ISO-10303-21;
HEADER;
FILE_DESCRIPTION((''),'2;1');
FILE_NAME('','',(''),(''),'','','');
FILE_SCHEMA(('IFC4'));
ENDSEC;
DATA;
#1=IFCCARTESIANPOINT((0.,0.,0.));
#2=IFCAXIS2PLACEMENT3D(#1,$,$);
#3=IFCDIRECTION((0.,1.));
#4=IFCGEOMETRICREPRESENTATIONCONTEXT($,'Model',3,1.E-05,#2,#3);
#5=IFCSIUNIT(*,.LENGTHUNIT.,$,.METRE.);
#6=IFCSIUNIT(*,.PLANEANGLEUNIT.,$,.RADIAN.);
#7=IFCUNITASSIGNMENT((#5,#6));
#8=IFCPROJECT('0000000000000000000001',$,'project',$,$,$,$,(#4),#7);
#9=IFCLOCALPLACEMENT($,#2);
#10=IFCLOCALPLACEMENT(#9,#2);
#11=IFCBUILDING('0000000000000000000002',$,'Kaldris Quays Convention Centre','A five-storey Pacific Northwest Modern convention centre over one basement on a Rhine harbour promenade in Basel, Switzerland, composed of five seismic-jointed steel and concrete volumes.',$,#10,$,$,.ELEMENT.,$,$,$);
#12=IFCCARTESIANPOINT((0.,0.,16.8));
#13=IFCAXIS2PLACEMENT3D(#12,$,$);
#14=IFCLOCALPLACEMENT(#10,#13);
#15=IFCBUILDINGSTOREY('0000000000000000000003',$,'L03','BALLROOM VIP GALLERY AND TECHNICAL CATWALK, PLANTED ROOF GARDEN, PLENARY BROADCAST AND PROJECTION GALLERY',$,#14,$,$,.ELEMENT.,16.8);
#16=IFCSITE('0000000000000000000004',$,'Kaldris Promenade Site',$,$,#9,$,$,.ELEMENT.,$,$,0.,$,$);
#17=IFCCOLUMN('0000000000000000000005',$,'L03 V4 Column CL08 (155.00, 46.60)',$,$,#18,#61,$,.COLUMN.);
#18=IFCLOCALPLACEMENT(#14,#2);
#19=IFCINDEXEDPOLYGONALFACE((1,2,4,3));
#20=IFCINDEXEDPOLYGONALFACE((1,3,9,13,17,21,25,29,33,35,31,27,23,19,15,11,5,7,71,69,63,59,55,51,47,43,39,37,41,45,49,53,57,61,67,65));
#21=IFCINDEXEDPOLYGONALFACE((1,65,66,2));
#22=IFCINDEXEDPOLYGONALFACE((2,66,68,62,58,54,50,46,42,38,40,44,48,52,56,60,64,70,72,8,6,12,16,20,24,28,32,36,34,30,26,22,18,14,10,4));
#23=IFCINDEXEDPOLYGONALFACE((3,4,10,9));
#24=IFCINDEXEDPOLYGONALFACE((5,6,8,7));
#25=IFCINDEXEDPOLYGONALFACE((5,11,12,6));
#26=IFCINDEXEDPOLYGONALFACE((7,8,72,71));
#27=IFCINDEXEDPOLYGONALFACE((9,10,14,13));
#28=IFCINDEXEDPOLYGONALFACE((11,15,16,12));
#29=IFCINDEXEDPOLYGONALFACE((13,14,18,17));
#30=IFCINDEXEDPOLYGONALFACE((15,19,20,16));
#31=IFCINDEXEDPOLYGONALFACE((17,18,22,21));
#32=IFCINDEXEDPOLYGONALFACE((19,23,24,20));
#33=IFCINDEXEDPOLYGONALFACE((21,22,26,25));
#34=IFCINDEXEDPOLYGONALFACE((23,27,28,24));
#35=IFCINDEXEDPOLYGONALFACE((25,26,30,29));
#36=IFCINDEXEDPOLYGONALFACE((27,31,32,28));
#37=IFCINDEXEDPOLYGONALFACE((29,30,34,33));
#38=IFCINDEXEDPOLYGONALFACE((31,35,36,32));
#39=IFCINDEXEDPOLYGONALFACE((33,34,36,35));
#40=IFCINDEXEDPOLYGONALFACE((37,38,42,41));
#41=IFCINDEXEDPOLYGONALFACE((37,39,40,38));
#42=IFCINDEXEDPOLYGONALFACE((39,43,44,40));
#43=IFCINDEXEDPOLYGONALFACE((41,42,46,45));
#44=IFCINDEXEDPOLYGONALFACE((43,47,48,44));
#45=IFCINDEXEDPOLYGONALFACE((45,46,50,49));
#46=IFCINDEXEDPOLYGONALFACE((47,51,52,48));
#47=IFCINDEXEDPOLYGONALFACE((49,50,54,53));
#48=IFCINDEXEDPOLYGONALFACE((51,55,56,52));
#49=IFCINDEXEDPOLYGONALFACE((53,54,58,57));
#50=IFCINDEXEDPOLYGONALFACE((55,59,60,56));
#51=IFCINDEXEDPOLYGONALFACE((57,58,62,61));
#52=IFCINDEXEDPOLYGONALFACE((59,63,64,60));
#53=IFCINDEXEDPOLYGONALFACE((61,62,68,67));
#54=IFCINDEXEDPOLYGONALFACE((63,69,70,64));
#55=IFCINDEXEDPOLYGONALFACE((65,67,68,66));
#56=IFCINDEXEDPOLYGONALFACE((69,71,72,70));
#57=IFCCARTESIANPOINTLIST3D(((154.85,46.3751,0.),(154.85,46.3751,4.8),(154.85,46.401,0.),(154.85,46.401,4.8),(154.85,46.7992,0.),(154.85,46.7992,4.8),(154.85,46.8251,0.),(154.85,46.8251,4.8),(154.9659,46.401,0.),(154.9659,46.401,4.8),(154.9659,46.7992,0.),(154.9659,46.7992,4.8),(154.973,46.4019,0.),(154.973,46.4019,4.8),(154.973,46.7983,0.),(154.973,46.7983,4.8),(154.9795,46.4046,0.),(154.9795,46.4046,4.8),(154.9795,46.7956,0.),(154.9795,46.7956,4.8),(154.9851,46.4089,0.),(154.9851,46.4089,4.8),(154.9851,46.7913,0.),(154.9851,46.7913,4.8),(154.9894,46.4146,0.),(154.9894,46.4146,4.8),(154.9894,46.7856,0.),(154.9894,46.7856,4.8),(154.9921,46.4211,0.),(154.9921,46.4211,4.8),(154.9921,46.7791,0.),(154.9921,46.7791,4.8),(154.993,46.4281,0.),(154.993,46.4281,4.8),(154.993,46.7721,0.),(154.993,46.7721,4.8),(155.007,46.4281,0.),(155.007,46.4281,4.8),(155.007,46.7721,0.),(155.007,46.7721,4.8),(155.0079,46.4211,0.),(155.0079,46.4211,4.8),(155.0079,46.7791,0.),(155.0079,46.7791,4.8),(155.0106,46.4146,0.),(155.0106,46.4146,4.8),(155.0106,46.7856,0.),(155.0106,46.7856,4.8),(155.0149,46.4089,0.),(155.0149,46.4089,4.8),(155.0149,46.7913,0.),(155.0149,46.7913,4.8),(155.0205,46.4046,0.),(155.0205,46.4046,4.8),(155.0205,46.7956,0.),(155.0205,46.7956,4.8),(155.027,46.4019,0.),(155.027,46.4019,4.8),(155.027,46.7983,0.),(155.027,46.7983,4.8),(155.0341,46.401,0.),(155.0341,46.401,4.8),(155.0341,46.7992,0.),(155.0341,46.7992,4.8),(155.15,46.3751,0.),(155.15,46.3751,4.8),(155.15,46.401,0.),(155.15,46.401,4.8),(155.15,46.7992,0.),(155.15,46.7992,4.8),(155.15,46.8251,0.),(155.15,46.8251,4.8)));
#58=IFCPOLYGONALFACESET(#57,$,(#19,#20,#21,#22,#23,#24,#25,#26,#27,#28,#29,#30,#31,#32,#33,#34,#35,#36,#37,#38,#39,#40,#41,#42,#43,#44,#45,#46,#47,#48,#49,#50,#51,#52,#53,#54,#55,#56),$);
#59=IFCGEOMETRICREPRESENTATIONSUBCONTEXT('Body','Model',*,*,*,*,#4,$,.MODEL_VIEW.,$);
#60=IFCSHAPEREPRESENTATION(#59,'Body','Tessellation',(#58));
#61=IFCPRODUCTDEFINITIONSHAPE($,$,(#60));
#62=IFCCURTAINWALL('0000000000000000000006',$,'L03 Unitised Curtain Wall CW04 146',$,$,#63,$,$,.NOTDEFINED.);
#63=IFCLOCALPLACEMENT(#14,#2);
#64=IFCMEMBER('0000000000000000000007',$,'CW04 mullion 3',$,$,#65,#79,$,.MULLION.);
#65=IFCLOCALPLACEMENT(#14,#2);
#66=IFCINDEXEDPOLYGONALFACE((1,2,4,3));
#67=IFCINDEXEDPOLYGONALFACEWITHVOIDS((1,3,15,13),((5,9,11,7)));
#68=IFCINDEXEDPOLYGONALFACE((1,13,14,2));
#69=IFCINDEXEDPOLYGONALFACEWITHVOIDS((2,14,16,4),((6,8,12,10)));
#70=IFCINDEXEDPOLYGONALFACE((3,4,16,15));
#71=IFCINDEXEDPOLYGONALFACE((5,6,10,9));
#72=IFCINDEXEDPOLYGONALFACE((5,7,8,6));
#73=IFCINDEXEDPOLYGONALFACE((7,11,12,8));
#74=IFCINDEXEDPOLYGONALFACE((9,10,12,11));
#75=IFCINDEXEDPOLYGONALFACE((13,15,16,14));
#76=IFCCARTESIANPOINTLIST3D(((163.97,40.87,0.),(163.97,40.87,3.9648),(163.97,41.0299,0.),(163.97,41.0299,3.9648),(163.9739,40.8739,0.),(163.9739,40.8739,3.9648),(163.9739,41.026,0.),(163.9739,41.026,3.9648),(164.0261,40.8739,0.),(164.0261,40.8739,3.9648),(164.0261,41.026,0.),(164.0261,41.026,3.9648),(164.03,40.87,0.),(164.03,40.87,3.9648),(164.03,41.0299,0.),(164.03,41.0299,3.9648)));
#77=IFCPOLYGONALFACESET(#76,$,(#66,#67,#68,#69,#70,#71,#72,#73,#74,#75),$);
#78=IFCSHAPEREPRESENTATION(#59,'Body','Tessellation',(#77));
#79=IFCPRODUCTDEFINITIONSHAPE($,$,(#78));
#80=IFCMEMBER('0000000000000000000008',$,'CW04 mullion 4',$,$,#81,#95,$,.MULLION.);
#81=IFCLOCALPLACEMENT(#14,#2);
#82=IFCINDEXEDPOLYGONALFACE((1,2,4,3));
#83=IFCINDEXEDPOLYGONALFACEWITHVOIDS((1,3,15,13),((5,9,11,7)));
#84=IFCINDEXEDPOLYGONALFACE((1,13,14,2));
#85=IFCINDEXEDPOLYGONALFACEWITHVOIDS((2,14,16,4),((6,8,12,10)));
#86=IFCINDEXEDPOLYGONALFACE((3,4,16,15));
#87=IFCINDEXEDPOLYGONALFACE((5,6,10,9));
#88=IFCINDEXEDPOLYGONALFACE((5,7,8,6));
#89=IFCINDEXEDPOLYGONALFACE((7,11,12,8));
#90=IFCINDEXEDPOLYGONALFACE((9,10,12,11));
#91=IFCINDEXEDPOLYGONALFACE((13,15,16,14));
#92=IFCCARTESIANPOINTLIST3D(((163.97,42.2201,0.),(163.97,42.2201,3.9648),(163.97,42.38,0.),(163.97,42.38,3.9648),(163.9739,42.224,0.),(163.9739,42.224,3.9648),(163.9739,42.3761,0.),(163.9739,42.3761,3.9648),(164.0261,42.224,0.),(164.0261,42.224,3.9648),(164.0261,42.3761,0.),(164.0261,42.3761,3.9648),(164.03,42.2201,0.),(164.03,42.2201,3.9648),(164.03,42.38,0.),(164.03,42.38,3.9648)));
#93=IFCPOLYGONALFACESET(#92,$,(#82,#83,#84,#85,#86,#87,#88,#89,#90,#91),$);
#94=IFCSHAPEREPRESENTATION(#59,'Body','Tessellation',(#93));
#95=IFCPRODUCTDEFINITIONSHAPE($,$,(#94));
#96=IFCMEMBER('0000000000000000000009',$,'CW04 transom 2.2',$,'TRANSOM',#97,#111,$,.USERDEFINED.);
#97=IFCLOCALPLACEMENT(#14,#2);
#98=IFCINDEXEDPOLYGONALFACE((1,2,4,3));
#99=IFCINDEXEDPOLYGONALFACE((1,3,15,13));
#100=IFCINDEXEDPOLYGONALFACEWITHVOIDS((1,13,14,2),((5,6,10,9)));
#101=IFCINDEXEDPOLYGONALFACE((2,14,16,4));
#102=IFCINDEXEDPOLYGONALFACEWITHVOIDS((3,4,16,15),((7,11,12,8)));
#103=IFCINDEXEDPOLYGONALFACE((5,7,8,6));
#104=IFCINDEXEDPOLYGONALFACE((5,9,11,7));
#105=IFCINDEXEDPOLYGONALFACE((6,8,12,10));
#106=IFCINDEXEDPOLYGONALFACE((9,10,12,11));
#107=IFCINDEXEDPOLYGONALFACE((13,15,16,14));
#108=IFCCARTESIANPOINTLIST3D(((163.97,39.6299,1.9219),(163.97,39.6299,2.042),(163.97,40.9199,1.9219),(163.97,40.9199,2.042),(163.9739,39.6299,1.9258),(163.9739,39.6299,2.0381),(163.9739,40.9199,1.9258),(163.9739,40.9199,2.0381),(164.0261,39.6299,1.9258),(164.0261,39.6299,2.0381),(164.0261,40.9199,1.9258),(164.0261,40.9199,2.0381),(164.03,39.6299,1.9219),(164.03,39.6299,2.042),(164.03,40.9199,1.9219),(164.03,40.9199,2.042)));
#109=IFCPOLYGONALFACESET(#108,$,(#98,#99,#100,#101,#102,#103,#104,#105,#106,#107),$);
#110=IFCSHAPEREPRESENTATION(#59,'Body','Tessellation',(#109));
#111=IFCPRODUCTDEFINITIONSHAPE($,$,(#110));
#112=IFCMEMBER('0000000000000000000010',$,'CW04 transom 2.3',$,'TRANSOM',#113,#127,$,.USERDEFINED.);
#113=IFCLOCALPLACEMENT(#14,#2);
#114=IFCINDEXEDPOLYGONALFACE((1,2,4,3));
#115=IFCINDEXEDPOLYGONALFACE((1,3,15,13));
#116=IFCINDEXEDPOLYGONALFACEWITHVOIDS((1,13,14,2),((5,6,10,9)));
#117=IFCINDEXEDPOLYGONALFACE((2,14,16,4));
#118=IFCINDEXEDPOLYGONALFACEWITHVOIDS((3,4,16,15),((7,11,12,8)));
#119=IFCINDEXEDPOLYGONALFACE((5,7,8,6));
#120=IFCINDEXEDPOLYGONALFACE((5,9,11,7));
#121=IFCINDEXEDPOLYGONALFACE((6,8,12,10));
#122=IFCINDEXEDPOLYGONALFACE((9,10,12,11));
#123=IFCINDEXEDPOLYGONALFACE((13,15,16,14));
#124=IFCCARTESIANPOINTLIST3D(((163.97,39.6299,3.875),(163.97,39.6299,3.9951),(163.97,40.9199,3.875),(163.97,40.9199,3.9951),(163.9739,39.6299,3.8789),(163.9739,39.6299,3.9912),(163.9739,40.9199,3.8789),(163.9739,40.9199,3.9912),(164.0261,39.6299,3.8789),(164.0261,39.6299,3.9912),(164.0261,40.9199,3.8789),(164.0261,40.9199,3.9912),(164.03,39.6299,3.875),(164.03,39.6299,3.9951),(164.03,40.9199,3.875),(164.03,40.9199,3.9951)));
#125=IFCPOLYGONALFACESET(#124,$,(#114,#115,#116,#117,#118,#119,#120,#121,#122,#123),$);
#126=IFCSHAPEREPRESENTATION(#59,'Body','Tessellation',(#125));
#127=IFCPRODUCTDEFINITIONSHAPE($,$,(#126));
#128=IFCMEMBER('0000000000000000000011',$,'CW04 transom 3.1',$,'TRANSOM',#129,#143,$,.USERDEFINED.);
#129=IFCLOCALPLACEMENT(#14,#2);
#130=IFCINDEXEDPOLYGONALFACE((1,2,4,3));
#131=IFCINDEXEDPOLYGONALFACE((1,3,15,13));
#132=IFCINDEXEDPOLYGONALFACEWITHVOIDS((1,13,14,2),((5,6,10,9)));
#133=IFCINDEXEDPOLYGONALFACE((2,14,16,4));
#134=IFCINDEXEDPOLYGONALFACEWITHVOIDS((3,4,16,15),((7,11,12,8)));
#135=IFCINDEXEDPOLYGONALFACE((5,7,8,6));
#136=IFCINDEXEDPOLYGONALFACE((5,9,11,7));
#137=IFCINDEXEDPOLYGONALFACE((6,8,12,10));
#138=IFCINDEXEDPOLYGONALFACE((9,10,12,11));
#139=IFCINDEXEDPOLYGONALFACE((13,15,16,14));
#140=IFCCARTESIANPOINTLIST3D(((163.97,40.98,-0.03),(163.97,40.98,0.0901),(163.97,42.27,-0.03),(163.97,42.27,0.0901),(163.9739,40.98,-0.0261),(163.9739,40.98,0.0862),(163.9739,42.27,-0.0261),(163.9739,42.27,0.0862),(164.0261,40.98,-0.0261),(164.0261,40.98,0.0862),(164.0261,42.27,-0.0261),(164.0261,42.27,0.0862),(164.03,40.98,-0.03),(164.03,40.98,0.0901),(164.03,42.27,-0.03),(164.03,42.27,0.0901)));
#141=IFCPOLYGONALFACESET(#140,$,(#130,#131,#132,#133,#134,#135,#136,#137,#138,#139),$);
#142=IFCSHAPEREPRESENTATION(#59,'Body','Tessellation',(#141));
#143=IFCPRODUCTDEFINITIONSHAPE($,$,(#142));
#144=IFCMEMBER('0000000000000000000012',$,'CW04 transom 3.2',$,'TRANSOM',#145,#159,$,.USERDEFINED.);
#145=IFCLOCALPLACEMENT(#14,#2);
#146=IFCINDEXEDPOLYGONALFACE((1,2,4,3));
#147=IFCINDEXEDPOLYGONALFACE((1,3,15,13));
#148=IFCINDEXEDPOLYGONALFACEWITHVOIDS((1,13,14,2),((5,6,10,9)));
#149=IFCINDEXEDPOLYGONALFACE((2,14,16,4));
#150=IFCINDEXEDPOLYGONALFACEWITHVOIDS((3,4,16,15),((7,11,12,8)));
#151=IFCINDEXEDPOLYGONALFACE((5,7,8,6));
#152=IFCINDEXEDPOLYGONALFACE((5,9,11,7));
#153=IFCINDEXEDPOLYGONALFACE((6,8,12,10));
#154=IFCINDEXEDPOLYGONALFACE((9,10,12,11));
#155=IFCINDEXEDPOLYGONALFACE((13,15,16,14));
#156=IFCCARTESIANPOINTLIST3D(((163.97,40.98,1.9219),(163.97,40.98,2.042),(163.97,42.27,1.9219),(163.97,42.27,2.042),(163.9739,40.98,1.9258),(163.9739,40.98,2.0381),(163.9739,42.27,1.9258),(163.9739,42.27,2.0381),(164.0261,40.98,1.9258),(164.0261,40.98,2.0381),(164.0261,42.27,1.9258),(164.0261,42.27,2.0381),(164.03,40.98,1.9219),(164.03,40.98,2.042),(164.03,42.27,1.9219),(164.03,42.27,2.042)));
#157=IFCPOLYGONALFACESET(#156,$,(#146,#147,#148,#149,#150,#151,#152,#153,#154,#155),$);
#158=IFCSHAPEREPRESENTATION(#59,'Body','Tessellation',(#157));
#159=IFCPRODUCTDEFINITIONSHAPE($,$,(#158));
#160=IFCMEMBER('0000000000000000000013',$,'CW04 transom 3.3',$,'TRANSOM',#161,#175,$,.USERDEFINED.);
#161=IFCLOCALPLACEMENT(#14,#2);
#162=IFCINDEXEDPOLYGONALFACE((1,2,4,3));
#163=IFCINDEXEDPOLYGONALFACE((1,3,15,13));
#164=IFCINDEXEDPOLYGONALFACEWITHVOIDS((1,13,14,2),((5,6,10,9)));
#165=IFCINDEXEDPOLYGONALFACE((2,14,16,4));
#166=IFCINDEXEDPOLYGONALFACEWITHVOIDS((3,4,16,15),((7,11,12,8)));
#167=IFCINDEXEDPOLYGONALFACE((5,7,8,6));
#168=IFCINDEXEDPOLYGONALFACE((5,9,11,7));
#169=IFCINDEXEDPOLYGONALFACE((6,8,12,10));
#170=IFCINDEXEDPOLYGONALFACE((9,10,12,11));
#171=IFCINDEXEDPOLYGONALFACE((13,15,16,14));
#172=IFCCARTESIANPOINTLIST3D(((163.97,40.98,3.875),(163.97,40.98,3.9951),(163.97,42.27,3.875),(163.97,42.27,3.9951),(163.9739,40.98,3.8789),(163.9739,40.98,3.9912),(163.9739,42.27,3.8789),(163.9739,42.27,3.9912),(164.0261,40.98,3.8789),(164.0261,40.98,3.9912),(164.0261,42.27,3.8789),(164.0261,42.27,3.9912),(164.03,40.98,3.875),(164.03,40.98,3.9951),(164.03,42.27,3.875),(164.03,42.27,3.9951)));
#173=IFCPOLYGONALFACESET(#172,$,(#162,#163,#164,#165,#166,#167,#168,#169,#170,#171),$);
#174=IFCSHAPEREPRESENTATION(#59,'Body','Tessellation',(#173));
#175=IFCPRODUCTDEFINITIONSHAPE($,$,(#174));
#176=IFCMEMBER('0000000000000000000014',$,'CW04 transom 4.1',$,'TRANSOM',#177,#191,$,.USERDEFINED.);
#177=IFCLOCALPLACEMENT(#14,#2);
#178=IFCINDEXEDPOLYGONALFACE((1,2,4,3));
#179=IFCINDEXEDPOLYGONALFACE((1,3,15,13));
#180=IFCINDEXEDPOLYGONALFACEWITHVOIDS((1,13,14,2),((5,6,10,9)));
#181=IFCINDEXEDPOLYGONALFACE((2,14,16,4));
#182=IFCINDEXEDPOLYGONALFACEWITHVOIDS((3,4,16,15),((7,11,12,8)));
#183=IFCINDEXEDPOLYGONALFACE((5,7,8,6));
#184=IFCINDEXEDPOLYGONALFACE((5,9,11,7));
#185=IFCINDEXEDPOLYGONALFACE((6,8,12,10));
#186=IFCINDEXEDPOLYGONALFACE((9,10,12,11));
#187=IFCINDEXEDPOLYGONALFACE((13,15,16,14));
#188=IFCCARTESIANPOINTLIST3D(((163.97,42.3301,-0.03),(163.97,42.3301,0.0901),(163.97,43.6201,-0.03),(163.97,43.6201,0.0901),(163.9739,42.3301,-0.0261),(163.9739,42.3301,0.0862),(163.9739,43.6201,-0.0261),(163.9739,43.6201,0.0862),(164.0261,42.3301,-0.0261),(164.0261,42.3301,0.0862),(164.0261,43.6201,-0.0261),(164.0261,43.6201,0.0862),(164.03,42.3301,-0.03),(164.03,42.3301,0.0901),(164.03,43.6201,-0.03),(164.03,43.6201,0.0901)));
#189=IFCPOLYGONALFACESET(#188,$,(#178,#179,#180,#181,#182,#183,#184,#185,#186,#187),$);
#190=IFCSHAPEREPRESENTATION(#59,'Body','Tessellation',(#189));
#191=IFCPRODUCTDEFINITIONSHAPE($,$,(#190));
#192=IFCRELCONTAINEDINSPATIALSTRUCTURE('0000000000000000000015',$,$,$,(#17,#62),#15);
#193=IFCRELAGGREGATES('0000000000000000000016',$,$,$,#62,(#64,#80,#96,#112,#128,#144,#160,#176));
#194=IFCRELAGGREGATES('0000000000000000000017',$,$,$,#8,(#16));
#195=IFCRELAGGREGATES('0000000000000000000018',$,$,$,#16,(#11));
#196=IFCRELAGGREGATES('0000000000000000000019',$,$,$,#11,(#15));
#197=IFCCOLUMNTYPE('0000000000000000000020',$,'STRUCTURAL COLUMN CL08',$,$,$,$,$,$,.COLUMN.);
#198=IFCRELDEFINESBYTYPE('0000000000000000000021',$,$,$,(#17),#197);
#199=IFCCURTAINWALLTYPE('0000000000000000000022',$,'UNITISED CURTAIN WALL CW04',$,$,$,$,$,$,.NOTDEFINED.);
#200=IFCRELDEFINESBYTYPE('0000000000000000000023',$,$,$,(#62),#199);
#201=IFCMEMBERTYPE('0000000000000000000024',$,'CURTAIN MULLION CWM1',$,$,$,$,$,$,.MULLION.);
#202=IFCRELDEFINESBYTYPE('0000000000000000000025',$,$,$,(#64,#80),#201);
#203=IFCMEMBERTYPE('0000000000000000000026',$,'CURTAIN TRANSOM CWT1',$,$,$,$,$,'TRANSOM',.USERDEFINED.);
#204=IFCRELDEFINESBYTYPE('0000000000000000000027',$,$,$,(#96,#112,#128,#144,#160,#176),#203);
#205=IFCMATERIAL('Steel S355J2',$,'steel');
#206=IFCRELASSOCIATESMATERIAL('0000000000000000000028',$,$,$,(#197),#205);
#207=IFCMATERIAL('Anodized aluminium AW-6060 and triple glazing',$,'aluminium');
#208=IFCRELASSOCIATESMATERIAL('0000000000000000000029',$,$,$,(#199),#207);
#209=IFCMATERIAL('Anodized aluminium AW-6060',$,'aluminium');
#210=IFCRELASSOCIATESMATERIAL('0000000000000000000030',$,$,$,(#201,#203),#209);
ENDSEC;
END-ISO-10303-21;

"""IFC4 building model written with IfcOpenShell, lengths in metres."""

from ifc_helpers import new_model, si_unit, direction, frame, origin, origin_2d, place, context, subcontext, project, spatial, hollow_rectangle, i_section, extrude, material, material_profile, profile_set, type_object, element, aggregate, save


model = new_model("IFC4")

# Units and contexts
model_context = context("Model", 3, precision=1e-05, world=origin(), true_north=direction((0.0, 1.0)))
body_context = subcontext(model_context, "Body", "Model", "MODEL_VIEW")
ifc_project = project(units=[si_unit("LENGTHUNIT", "METRE"), si_unit("PLANEANGLEUNIT", "RADIAN")], contexts=[model_context])

# Site, building, storey
site_placement = place(None, origin())
site = spatial("IfcSite", under=ifc_project, at=site_placement, Name="Kaldris Promenade Site", CompositionType="ELEMENT", RefElevation=0.0)
building_placement = place(site_placement, origin())
building = spatial("IfcBuilding", under=site, at=building_placement, Name="Kaldris Quays Convention Centre", Description="A five-storey Pacific Northwest Modern convention centre over one basement on a Rhine harbour promenade in Basel, Switzerland, composed of five seismic-jointed steel and concrete volumes.", CompositionType="ELEMENT")
storey_placement = place(building_placement, frame((0.0, 0.0, 16.8)))
storey = spatial("IfcBuildingStorey", under=building, at=storey_placement, Name="L03", Description="BALLROOM VIP GALLERY AND TECHNICAL CATWALK, PLANTED ROOF GARDEN, PLENARY BROADCAST AND PROJECTION GALLERY", CompositionType="ELEMENT", Elevation=16.8)

# Column
ifc_material_1 = material(Name="Steel S355J2", Category="steel")
ifc_material_profile_1 = material_profile(ifc_material_1, i_section(OverallWidth=0.3, OverallDepth=0.45, WebThickness=0.0139, FlangeThickness=0.0259, FilletRadius=0.0271, at=origin_2d()), Name="HEB 450")
ifc_profile_set_1 = profile_set([ifc_material_profile_1], Name="Steel S355J2")
column_type = type_object("IfcColumnType", Name="STRUCTURAL COLUMN CL08", PredefinedType="COLUMN", material=ifc_profile_set_1)
column_placement = place(storey_placement, frame((155.0, 46.6001, 0.0), z_axis=(0.0, 0.0, 1.0), x_axis=(1.0, 0.0, 0.0)))
element("IfcColumn", 1, at=column_placement, inside=storey, type_object=column_type, Name="L03 V4 Column CL08 (155.00, 46.60)", PredefinedType="COLUMN", context=body_context, shape_type="SweptSolid", body=[
    extrude(i_section(OverallWidth=0.3, OverallDepth=0.45, WebThickness=0.0139, FlangeThickness=0.0259, FilletRadius=0.0271, at=origin_2d()), origin(), (0.0, 0.0, 1.0), 4.8),
])

# Curtain wall, members
ifc_material_2 = material(Name="Anodized aluminium AW-6060 and triple glazing", Category="aluminium")
curtain_wall_type = type_object("IfcCurtainWallType", Name="UNITISED CURTAIN WALL CW04", PredefinedType="NOTDEFINED", material=ifc_material_2)
curtain_wall_placement = place(storey_placement, origin())
curtain_wall = element("IfcCurtainWall", 2, at=curtain_wall_placement, inside=storey, type_object=curtain_wall_type, Name="L03 Unitised Curtain Wall CW04 146", PredefinedType="NOTDEFINED")
ifc_material_3 = material(Name="Anodized aluminium AW-6060", Category="aluminium")
ifc_material_profile_2 = material_profile(ifc_material_3, hollow_rectangle(XDim=0.0601, YDim=0.1599, WallThickness=0.0039, at=origin_2d()), Name="RHS 160x60x4")
ifc_profile_set_2 = profile_set([ifc_material_profile_2], Name="Anodized aluminium AW-6060")
member_type_1 = type_object("IfcMemberType", Name="CURTAIN MULLION CWM1", PredefinedType="MULLION", material=ifc_profile_set_2)
member_1_placement = place(storey_placement, frame((164.0, 40.95, 0.0), z_axis=(0.0, 0.0, 1.0), x_axis=(-1.0, 0.0, 0.0)))
member_1 = element("IfcMember", 3, at=member_1_placement, type_object=member_type_1, Name="CW04 mullion 3", PredefinedType="MULLION", context=body_context, shape_type="SweptSolid", body=[
    extrude(hollow_rectangle(XDim=0.0601, YDim=0.1599, WallThickness=0.0039, at=origin_2d()), origin(), (0.0, 0.0, 1.0), 3.9648),
])
member_2_placement = place(storey_placement, frame((164.0, 42.3, 0.0), z_axis=(0.0, 0.0, 1.0), x_axis=(-1.0, 0.0, 0.0)))
member_2 = element("IfcMember", 4, at=member_2_placement, type_object=member_type_1, Name="CW04 mullion 4", PredefinedType="MULLION", context=body_context, shape_type="SweptSolid", body=[
    extrude(hollow_rectangle(XDim=0.0601, YDim=0.1599, WallThickness=0.0039, at=origin_2d()), origin(), (0.0, 0.0, 1.0), 3.9648),
])
ifc_material_profile_3 = material_profile(ifc_material_3, hollow_rectangle(XDim=0.0601, YDim=0.1201, WallThickness=0.0039, at=origin_2d()), Name="RHS 120x60x4")
ifc_profile_set_3 = profile_set([ifc_material_profile_3], Name="Anodized aluminium AW-6060")
member_type_2 = type_object("IfcMemberType", Name="CURTAIN TRANSOM CWT1", ElementType="TRANSOM", PredefinedType="USERDEFINED", material=ifc_profile_set_3)
member_3_placement = place(storey_placement, frame((164.0, 39.6299, 1.9819), z_axis=(0.0, 1.0, 0.0), x_axis=(-1.0, 0.0, 0.0)))
member_3 = element("IfcMember", 5, at=member_3_placement, type_object=member_type_2, Name="CW04 transom 2.2", ObjectType="TRANSOM", PredefinedType="USERDEFINED", context=body_context, shape_type="SweptSolid", body=[
    extrude(hollow_rectangle(XDim=0.0601, YDim=0.1201, WallThickness=0.0039, at=origin_2d()), origin(), (0.0, 0.0, 1.0), 1.29),
])
member_4_placement = place(storey_placement, frame((164.0, 39.6299, 3.9351), z_axis=(0.0, 1.0, 0.0), x_axis=(-1.0, 0.0, 0.0)))
member_4 = element("IfcMember", 6, at=member_4_placement, type_object=member_type_2, Name="CW04 transom 2.3", ObjectType="TRANSOM", PredefinedType="USERDEFINED", context=body_context, shape_type="SweptSolid", body=[
    extrude(hollow_rectangle(XDim=0.0601, YDim=0.1201, WallThickness=0.0039, at=origin_2d()), origin(), (0.0, 0.0, 1.0), 1.29),
])
member_5_placement = place(storey_placement, frame((164.0, 40.98, 0.03), z_axis=(0.0, 1.0, 0.0), x_axis=(-1.0, 0.0, 0.0)))
member_5 = element("IfcMember", 7, at=member_5_placement, type_object=member_type_2, Name="CW04 transom 3.1", ObjectType="TRANSOM", PredefinedType="USERDEFINED", context=body_context, shape_type="SweptSolid", body=[
    extrude(hollow_rectangle(XDim=0.0601, YDim=0.1201, WallThickness=0.0039, at=origin_2d()), origin(), (0.0, 0.0, 1.0), 1.29),
])
member_6_placement = place(storey_placement, frame((164.0, 40.98, 1.9819), z_axis=(0.0, 1.0, 0.0), x_axis=(-1.0, 0.0, 0.0)))
member_6 = element("IfcMember", 8, at=member_6_placement, type_object=member_type_2, Name="CW04 transom 3.2", ObjectType="TRANSOM", PredefinedType="USERDEFINED", context=body_context, shape_type="SweptSolid", body=[
    extrude(hollow_rectangle(XDim=0.0601, YDim=0.1201, WallThickness=0.0039, at=origin_2d()), origin(), (0.0, 0.0, 1.0), 1.29),
])
member_7_placement = place(storey_placement, frame((164.0, 40.98, 3.9351), z_axis=(0.0, 1.0, 0.0), x_axis=(-1.0, 0.0, 0.0)))
member_7 = element("IfcMember", 9, at=member_7_placement, type_object=member_type_2, Name="CW04 transom 3.3", ObjectType="TRANSOM", PredefinedType="USERDEFINED", context=body_context, shape_type="SweptSolid", body=[
    extrude(hollow_rectangle(XDim=0.0601, YDim=0.1201, WallThickness=0.0039, at=origin_2d()), origin(), (0.0, 0.0, 1.0), 1.29),
])
member_8_placement = place(storey_placement, frame((164.0, 42.3301, 0.03), z_axis=(0.0, 1.0, 0.0), x_axis=(-1.0, 0.0, 0.0)))
member_8 = element("IfcMember", 10, at=member_8_placement, type_object=member_type_2, Name="CW04 transom 4.1", ObjectType="TRANSOM", PredefinedType="USERDEFINED", context=body_context, shape_type="SweptSolid", body=[
    extrude(hollow_rectangle(XDim=0.0601, YDim=0.1201, WallThickness=0.0039, at=origin_2d()), origin(), (0.0, 0.0, 1.0), 1.29),
])

aggregate(curtain_wall, [member_1, member_2, member_3, member_4, member_5, member_6, member_7, member_8])

save(model, "model.ifc")
